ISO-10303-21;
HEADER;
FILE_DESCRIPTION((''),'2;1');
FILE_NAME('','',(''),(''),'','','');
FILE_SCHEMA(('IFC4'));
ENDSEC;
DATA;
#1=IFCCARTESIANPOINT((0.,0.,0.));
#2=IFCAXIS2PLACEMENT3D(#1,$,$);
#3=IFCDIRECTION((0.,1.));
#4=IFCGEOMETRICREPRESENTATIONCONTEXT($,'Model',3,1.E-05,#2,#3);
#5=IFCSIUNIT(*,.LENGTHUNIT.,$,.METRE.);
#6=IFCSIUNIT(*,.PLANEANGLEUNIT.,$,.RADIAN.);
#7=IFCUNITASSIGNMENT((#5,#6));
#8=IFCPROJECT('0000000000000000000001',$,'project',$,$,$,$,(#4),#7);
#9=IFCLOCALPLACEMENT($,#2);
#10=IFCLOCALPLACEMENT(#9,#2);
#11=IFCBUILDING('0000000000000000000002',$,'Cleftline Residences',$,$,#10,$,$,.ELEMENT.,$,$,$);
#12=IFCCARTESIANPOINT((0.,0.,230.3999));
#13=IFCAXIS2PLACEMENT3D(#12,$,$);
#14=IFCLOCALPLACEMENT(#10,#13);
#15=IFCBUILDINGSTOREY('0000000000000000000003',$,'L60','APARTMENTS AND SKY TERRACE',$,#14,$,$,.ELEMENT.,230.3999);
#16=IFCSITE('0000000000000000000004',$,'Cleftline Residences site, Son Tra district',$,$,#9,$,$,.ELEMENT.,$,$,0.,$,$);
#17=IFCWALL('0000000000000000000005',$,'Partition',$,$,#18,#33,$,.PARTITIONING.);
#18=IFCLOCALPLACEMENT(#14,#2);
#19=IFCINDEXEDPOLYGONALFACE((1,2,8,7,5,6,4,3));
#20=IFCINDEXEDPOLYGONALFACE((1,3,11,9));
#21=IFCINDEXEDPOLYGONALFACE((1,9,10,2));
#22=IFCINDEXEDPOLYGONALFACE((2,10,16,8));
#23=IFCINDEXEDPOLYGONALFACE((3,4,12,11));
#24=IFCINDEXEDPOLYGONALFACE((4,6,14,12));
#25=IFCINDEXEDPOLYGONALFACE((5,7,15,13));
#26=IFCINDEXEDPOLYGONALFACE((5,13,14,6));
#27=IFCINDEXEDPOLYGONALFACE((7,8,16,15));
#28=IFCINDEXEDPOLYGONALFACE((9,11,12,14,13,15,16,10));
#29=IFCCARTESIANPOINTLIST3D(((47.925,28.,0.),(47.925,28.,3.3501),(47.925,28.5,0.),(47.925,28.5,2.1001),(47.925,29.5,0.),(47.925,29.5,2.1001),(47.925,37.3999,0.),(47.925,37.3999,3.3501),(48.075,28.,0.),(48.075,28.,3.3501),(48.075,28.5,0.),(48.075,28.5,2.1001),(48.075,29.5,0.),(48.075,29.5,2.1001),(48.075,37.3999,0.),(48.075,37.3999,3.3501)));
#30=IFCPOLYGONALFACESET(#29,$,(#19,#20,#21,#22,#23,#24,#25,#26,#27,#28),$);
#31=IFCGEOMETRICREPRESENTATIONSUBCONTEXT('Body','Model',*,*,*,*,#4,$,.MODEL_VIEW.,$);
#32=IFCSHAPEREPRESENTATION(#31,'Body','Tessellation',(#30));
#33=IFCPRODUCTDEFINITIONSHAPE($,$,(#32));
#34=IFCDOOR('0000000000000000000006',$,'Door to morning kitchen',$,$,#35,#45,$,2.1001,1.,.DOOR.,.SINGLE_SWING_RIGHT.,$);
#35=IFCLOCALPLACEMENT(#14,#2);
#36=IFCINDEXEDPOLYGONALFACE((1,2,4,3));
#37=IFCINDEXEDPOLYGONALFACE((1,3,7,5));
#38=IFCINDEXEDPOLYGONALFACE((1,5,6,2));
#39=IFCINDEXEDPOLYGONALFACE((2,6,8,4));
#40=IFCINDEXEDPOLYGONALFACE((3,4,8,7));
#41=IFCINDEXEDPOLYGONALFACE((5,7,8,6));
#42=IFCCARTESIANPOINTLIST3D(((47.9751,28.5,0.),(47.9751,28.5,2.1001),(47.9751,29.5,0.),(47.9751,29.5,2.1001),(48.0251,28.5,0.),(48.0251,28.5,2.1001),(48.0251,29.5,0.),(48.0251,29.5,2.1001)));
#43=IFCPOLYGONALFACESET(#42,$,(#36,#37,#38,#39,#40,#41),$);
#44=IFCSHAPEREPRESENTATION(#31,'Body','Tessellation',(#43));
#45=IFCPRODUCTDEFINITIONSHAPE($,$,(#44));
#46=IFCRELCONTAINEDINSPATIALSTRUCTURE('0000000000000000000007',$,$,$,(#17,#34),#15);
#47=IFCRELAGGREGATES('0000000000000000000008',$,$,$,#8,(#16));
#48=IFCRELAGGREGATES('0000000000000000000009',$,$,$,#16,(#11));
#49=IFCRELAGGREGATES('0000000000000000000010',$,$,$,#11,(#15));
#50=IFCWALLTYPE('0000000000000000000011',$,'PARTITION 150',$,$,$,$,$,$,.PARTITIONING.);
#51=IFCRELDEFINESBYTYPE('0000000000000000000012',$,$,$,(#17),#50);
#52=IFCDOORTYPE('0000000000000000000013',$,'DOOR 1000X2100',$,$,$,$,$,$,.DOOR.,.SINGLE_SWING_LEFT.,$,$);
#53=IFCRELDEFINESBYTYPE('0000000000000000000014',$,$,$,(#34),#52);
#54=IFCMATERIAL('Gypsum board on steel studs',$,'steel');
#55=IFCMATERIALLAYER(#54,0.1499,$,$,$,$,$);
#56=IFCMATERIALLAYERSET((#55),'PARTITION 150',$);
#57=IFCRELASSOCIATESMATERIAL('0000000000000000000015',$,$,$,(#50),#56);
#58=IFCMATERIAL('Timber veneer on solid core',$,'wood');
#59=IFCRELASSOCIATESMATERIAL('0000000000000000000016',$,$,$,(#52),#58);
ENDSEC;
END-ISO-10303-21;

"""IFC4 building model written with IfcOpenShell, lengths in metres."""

from ifc_helpers import new_model, si_unit, direction, frame, frame_2d, origin, place, context, subcontext, project, spatial, rectangle, extrude, material, layer, layer_set, type_object, element, fill, save


model = new_model("IFC4")

# Units and contexts
model_context = context("Model", 3, precision=1e-05, world=origin(), true_north=direction((0.0, 1.0)))
body_context = subcontext(model_context, "Body", "Model", "MODEL_VIEW")
ifc_project = project(units=[si_unit("LENGTHUNIT", "METRE"), si_unit("PLANEANGLEUNIT", "RADIAN")], contexts=[model_context])

# Site, building, storey
site_placement = place(None, origin())
site = spatial("IfcSite", under=ifc_project, at=site_placement, Name="Cleftline Residences site, Son Tra district", CompositionType="ELEMENT", RefElevation=0.0)
building_placement = place(site_placement, origin())
building = spatial("IfcBuilding", under=site, at=building_placement, Name="Cleftline Residences", CompositionType="ELEMENT")
storey_placement = place(building_placement, frame((0.0, 0.0, 230.3999)))
storey = spatial("IfcBuildingStorey", under=building, at=storey_placement, Name="L60", Description="APARTMENTS AND SKY TERRACE", CompositionType="ELEMENT", Elevation=230.3999)

# Shared definitions
ifc_material_1 = material(Name="Gypsum board on steel studs", Category="steel")
ifc_layer_1 = layer(ifc_material_1, 0.1499)
ifc_layer_set_1 = layer_set([ifc_layer_1], Name="PARTITION 150")
wall_type_1 = type_object("IfcWallType", Name="PARTITION 150", PredefinedType="PARTITIONING", material=ifc_layer_set_1)

# Shared definitions
ifc_material_2 = material(Name="Timber veneer on solid core", Category="wood")
door_type_1 = type_object("IfcDoorType", Name="DOOR 1000X2100", OperationType="SINGLE_SWING_LEFT", PredefinedType="DOOR", material=ifc_material_2)

# Wall, opening, door
wall_1_placement = place(storey_placement, frame((48.0, 28.0, 0.0), z_axis=(0.0, 0.0, 1.0), x_axis=(0.0, 1.0, 0.0)))
wall_1 = element("IfcWall", 1, at=wall_1_placement, inside=storey, type_object=wall_type_1, Name="Partition", PredefinedType="PARTITIONING", context=body_context, shape_type="SweptSolid", body=[
    extrude(rectangle(XDim=9.3999, YDim=0.1499, at=frame_2d((4.7, 0.0))), origin(), (0.0, 0.0, 1.0), 3.3501),
])
opening_1_placement = place(wall_1_placement, frame((0.5, 0.0, 0.0)))
opening_1 = element("IfcOpeningElement", 2, at=opening_1_placement, cuts=wall_1, PredefinedType="OPENING", context=body_context, shape_type="SweptSolid", body=[
    extrude(rectangle(XDim=1.0, YDim=2.1001, at=frame_2d((0.5, 1.05))), frame((0.0, 0.085, 0.0), z_axis=(0.0, -1.0, 0.0), x_axis=(1.0, 0.0, 0.0)), (0.0, 0.0, 1.0), 0.1699),
])
door_1_placement = place(opening_1_placement, origin())
door_1 = element("IfcDoor", 3, at=door_1_placement, inside=storey, type_object=door_type_1, Name="Door to morning kitchen", OperationType="SINGLE_SWING_RIGHT", OverallHeight=2.1001, OverallWidth=1.0, PredefinedType="DOOR", context=body_context, shape_type="SweptSolid", body=[
    extrude(rectangle(XDim=1.0, YDim=2.1001, at=frame_2d((0.5, 1.05))), frame((0.0, 0.0249, 0.0), z_axis=(0.0, -1.0, 0.0), x_axis=(1.0, 0.0, 0.0)), (0.0, 0.0, 1.0), 0.05),
])
fill(opening_1, door_1)

save(model, "model.ifc")
